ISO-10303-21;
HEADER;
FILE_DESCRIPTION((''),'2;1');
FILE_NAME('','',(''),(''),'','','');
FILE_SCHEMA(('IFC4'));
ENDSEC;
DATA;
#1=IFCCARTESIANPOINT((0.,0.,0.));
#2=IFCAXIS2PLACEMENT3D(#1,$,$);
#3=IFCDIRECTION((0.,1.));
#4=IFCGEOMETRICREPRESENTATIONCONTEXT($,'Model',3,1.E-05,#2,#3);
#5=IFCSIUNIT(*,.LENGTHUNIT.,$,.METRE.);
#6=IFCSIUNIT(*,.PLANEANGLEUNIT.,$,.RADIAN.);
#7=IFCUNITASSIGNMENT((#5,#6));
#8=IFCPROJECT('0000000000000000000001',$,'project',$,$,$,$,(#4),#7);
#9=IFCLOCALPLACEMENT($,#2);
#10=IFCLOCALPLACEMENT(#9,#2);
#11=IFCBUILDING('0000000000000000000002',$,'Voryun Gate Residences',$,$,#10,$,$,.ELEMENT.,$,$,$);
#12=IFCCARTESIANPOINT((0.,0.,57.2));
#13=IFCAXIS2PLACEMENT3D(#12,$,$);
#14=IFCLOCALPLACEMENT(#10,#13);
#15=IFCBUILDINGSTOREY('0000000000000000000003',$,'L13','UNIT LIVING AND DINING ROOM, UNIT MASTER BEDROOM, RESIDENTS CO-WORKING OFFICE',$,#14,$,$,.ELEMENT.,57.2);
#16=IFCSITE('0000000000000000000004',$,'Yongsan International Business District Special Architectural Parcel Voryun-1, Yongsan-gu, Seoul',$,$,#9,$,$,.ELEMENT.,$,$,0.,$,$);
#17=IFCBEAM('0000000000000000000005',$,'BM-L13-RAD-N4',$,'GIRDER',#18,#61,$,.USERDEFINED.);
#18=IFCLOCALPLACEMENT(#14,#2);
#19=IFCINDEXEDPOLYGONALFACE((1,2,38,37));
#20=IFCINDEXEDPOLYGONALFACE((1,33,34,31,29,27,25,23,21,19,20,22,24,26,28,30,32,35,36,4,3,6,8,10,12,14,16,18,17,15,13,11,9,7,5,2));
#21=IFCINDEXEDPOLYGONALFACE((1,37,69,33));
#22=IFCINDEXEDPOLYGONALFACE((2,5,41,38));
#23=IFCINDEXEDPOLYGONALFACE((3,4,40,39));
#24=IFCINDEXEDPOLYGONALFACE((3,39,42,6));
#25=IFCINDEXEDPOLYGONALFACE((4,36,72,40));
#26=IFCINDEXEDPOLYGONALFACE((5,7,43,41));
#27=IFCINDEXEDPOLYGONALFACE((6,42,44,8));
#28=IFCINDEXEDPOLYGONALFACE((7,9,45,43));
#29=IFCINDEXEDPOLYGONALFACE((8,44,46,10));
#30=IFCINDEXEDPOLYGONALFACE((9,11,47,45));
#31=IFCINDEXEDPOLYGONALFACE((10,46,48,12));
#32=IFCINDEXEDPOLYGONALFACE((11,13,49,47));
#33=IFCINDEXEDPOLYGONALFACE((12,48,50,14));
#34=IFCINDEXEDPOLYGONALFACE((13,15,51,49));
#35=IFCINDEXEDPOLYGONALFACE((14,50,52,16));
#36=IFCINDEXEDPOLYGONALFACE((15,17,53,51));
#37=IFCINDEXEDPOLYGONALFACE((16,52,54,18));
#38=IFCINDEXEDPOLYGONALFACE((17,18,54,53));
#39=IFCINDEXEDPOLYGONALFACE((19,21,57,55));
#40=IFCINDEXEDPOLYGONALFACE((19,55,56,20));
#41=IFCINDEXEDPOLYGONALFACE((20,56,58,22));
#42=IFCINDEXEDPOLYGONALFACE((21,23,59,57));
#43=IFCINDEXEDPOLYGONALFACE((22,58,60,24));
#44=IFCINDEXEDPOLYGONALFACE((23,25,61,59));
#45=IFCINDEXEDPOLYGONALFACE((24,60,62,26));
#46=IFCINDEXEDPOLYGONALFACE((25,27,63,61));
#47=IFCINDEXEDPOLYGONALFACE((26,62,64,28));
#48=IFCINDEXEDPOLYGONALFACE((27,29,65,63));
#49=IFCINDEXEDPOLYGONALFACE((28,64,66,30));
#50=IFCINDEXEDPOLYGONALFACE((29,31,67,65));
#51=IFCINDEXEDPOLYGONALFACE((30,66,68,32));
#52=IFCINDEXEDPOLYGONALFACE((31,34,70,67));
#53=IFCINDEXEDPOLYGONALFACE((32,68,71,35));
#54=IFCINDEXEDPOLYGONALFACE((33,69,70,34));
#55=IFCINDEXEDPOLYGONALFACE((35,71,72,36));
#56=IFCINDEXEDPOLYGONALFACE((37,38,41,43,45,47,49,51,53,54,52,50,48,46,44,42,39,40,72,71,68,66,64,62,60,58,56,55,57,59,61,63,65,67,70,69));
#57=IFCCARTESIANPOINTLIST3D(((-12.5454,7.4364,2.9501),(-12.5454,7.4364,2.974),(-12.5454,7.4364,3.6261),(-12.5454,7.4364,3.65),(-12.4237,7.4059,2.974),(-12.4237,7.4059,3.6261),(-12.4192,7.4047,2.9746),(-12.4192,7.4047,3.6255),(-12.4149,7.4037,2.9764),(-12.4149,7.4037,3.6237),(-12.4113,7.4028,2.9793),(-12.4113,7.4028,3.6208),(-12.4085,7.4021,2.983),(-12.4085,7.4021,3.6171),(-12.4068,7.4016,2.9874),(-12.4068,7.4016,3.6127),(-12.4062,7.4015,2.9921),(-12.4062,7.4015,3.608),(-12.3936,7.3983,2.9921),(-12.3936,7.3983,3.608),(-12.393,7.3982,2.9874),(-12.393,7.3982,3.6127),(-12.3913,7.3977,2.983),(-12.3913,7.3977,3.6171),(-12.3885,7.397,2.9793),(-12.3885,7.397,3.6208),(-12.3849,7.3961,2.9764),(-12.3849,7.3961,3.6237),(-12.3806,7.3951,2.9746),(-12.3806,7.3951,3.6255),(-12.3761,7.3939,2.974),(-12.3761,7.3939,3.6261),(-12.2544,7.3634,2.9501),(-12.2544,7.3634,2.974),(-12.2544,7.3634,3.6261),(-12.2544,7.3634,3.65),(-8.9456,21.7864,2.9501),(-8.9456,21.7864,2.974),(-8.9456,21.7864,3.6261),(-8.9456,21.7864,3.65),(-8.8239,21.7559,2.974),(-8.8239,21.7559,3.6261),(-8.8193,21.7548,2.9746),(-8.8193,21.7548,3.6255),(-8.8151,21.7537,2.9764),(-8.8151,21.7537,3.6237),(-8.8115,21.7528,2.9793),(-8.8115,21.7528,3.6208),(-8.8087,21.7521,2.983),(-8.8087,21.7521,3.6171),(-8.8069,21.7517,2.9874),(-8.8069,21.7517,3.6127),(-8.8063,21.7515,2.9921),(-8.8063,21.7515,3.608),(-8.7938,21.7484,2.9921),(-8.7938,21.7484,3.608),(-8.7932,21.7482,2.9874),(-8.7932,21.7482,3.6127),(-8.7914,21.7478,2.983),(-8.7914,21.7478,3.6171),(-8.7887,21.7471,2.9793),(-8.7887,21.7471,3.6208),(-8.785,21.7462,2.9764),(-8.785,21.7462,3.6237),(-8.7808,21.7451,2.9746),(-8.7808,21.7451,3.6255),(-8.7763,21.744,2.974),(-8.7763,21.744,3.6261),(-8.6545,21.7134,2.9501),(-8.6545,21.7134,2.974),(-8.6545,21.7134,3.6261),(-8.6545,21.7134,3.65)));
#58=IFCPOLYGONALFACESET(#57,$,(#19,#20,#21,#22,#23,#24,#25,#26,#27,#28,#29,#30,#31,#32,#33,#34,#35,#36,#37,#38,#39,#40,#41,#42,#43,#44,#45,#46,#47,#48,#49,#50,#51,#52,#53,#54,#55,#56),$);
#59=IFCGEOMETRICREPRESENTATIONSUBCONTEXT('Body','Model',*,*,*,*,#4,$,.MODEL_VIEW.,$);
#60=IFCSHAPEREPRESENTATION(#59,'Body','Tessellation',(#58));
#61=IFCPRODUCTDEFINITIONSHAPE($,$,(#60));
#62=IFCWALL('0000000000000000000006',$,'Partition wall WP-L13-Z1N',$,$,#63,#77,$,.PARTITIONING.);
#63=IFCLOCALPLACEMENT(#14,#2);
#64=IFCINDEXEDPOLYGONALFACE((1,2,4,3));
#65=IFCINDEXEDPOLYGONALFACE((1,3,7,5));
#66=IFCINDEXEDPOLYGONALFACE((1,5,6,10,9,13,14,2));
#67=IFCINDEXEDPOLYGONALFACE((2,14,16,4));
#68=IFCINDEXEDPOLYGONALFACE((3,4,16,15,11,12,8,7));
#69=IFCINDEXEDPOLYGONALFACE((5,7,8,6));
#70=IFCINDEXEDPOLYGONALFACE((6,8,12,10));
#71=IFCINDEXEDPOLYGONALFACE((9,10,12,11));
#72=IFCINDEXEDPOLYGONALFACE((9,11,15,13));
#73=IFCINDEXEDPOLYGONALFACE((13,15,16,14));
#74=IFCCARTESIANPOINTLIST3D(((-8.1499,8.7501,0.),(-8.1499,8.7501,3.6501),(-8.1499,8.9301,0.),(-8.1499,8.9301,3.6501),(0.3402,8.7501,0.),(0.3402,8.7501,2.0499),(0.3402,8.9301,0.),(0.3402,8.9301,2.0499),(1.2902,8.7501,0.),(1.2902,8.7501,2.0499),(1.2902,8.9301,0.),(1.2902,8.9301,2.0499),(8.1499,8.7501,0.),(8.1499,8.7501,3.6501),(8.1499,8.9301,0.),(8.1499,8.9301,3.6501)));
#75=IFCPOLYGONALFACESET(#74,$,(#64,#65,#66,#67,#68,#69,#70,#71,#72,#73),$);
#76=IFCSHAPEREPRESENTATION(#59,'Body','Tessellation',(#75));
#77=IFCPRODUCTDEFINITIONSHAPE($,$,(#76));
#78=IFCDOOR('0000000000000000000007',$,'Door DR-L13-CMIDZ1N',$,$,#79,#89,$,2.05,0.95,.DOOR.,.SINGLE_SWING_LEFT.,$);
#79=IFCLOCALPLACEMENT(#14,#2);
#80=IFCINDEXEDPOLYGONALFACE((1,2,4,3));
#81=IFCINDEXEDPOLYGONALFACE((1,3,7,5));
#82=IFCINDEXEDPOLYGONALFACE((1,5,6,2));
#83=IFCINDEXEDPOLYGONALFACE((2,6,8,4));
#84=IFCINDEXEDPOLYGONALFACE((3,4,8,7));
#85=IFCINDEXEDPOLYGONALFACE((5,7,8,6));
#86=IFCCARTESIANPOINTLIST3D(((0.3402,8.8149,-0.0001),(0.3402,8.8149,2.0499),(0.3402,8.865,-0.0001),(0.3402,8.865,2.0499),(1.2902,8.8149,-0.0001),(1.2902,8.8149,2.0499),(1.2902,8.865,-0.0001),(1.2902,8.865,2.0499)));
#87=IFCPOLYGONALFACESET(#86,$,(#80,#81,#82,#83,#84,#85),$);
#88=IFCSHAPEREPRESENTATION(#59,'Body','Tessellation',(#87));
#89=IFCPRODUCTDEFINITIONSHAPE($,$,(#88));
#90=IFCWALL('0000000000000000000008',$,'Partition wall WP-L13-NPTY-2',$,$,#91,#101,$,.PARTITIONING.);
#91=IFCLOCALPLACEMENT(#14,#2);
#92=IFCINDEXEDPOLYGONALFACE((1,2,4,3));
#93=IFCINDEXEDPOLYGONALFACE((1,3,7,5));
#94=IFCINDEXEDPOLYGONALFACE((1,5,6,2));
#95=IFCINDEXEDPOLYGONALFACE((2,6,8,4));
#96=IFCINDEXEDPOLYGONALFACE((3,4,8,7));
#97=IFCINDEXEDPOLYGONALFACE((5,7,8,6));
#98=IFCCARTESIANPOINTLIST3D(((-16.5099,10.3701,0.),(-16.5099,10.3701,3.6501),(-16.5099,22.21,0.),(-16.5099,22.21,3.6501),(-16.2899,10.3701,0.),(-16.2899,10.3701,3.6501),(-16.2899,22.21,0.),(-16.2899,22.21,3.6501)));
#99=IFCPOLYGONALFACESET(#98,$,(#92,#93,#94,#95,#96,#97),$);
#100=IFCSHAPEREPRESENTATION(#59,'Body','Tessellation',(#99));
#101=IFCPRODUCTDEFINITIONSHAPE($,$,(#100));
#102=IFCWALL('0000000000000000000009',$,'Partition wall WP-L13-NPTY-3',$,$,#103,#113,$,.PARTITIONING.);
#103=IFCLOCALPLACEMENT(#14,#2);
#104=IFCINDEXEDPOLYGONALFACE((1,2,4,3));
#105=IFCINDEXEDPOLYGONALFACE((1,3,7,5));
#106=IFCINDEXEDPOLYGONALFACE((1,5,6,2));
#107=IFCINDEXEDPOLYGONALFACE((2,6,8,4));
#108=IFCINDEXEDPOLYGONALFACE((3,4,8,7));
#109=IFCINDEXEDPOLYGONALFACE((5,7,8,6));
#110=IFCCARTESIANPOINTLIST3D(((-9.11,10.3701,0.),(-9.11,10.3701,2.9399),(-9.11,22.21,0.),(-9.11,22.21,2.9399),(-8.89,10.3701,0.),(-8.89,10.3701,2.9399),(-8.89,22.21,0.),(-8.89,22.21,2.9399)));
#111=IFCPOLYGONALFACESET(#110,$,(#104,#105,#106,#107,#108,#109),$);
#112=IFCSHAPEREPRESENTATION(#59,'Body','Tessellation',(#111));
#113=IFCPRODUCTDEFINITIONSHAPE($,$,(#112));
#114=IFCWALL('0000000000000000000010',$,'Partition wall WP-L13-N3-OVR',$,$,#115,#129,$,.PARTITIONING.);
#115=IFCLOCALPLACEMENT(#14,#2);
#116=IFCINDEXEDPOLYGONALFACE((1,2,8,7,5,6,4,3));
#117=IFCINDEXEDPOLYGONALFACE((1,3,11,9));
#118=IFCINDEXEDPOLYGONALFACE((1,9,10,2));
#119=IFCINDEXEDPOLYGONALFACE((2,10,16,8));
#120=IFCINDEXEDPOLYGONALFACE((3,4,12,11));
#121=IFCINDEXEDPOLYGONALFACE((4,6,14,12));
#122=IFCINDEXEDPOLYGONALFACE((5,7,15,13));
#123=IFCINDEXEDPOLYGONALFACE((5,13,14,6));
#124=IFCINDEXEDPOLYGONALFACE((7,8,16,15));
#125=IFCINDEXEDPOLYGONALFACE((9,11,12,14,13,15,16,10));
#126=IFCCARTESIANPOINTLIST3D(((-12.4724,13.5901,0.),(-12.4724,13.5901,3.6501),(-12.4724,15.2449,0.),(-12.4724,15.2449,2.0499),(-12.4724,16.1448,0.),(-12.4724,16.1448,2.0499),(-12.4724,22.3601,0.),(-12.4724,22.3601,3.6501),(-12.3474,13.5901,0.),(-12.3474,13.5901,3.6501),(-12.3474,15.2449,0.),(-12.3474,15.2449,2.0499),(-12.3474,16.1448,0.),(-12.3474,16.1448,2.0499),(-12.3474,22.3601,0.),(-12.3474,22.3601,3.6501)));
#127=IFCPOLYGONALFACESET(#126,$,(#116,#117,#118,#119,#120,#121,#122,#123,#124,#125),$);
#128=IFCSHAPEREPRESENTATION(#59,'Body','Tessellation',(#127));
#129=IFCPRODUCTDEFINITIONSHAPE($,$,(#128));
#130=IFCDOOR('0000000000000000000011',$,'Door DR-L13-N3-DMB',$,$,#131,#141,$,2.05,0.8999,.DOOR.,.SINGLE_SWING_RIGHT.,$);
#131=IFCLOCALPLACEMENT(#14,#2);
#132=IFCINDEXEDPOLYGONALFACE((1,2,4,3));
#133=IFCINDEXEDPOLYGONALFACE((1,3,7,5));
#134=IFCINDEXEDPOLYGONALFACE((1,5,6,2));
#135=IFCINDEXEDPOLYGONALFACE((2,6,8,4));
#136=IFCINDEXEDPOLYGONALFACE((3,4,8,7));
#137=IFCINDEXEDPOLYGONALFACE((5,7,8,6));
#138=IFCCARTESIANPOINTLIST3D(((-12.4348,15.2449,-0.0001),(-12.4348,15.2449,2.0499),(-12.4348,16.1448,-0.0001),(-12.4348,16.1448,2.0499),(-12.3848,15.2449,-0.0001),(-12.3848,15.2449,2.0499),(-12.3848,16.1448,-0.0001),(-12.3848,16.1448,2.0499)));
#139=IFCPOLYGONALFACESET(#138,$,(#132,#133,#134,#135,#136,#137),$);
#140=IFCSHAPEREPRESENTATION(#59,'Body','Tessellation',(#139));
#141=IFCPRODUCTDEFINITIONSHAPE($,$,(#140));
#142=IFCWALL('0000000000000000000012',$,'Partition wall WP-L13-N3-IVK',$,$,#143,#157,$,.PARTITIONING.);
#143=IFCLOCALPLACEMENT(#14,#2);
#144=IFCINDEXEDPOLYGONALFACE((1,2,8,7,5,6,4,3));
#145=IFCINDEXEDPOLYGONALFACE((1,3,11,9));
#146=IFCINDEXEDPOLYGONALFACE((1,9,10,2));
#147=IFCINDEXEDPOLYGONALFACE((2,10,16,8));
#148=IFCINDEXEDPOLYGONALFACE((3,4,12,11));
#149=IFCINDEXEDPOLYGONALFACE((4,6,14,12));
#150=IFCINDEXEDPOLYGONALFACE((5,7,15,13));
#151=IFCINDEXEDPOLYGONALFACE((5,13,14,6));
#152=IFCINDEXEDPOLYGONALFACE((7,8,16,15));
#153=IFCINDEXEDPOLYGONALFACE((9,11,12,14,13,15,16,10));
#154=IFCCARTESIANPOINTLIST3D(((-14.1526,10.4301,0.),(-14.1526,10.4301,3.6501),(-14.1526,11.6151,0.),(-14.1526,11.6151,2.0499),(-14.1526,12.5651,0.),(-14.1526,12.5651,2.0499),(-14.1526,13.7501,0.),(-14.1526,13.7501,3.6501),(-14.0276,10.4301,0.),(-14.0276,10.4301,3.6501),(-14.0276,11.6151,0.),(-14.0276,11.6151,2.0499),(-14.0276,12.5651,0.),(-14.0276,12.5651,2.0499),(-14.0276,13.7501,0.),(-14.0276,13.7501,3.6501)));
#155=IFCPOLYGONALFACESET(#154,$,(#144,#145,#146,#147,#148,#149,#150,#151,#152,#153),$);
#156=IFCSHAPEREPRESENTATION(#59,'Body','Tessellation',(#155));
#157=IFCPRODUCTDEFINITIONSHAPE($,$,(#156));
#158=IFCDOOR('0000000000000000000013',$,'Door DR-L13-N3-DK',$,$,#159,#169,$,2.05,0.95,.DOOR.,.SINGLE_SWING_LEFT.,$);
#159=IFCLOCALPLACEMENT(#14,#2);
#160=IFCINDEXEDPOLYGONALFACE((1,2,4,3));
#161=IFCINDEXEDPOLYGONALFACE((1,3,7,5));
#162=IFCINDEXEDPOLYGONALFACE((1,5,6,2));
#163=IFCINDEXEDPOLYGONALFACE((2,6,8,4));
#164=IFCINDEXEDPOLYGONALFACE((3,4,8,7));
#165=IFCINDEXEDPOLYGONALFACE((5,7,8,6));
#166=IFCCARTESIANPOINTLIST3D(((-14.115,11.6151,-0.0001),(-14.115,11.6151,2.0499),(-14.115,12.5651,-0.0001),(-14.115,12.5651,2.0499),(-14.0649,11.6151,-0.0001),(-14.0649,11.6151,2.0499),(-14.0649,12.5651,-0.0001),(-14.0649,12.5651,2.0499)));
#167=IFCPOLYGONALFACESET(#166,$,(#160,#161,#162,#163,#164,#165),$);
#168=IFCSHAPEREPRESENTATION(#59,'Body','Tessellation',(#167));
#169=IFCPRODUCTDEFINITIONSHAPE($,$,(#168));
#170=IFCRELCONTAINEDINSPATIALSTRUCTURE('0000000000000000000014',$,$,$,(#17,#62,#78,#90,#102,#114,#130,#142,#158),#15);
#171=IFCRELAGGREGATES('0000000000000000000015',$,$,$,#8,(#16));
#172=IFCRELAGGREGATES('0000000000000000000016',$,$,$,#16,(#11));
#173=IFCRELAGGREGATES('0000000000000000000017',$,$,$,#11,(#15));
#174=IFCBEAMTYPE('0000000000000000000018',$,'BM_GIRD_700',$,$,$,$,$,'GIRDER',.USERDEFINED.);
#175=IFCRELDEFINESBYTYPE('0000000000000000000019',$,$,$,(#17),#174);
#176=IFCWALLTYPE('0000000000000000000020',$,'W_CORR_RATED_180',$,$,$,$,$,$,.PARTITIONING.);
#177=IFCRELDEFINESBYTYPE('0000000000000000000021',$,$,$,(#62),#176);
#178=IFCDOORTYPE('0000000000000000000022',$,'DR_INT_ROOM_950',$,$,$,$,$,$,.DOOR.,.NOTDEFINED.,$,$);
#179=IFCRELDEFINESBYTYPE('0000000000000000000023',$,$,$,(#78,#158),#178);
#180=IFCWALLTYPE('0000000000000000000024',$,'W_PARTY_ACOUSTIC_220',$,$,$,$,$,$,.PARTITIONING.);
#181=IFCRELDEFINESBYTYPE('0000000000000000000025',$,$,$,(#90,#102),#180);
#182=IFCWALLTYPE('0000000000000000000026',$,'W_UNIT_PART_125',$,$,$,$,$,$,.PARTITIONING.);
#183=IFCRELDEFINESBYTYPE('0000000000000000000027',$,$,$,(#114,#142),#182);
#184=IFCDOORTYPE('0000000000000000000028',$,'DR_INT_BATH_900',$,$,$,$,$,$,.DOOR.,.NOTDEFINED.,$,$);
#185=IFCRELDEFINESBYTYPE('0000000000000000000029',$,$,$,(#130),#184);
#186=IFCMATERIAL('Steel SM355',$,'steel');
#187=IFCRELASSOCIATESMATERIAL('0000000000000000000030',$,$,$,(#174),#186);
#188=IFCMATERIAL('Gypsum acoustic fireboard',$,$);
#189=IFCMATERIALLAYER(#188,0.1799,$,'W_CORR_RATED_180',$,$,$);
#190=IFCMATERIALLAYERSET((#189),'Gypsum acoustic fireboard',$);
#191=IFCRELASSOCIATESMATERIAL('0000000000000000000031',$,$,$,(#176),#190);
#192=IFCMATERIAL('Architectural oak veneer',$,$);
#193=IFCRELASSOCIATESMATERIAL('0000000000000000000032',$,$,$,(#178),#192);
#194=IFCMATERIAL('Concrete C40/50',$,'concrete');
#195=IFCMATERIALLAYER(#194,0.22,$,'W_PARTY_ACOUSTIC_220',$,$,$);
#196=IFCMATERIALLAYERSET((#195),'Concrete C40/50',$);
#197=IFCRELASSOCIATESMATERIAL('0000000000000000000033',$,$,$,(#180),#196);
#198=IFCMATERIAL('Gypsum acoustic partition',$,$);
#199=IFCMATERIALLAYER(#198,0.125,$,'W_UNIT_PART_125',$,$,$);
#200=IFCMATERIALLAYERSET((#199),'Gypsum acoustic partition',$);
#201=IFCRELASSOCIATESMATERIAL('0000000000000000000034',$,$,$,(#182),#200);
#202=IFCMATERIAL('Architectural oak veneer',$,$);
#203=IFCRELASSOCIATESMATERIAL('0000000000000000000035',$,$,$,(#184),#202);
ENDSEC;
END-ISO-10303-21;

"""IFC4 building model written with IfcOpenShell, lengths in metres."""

from ifc_helpers import new_model, si_unit, direction, frame, frame_2d, origin, origin_2d, place, context, subcontext, project, spatial, rectangle, i_section, extrude, material, layer, layer_set, material_profile, profile_set, type_object, element, fill, save


model = new_model("IFC4")

# Units and contexts
model_context = context("Model", 3, precision=1e-05, world=origin(), true_north=direction((0.0, 1.0)))
body_context = subcontext(model_context, "Body", "Model", "MODEL_VIEW")
ifc_project = project(units=[si_unit("LENGTHUNIT", "METRE"), si_unit("PLANEANGLEUNIT", "RADIAN")], contexts=[model_context])

# Site, building, storey
site_placement = place(None, origin())
site = spatial("IfcSite", under=ifc_project, at=site_placement, Name="Yongsan International Business District Special Architectural Parcel Voryun-1, Yongsan-gu, Seoul", CompositionType="ELEMENT", RefElevation=0.0)
building_placement = place(site_placement, origin())
building = spatial("IfcBuilding", under=site, at=building_placement, Name="Voryun Gate Residences", CompositionType="ELEMENT")
storey_placement = place(building_placement, frame((0.0, 0.0, 57.2)))
storey = spatial("IfcBuildingStorey", under=building, at=storey_placement, Name="L13", Description="UNIT LIVING AND DINING ROOM, UNIT MASTER BEDROOM, RESIDENTS CO-WORKING OFFICE", CompositionType="ELEMENT", Elevation=57.2)

# Beam
ifc_material_1 = material(Name="Steel SM355", Category="steel")
ifc_material_profile_1 = material_profile(ifc_material_1, i_section(OverallWidth=0.3, OverallDepth=0.7, WebThickness=0.0129, FlangeThickness=0.0239, FilletRadius=0.0181, at=origin_2d()), Name="H-700x300x13x24")
ifc_profile_set_1 = profile_set([ifc_material_profile_1], Name="Steel SM355")
beam_type_1 = type_object("IfcBeamType", Name="BM_GIRD_700", ElementType="GIRDER", PredefinedType="USERDEFINED", material=ifc_profile_set_1)
beam_1_placement = place(storey_placement, frame((-12.3999, 7.3999, 3.3), z_axis=(0.24332, 0.969946, 0.0), x_axis=(-0.969946, 0.24332, 0.0)))
element("IfcBeam", 1, at=beam_1_placement, inside=storey, type_object=beam_type_1, Name="BM-L13-RAD-N4", ObjectType="GIRDER", PredefinedType="USERDEFINED", context=body_context, shape_type="SweptSolid", body=[
    extrude(i_section(OverallWidth=0.3, OverallDepth=0.7, WebThickness=0.0129, FlangeThickness=0.0239, FilletRadius=0.0181, at=origin_2d()), origin(), (0.0, 0.0, 1.0), 14.7947),
])

# Wall, opening, door
ifc_material_2 = material(Name="Gypsum acoustic fireboard")
ifc_layer_1 = layer(ifc_material_2, 0.1799, Name="W_CORR_RATED_180")
ifc_layer_set_1 = layer_set([ifc_layer_1], Name="Gypsum acoustic fireboard")
wall_type_1 = type_object("IfcWallType", Name="W_CORR_RATED_180", PredefinedType="PARTITIONING", material=ifc_layer_set_1)
wall_1_placement = place(storey_placement, frame((-8.1499, 8.8401, 0.0), z_axis=(0.0, 0.0, 1.0), x_axis=(1.0, 0.0, 0.0)))
wall_1 = element("IfcWall", 2, at=wall_1_placement, inside=storey, type_object=wall_type_1, Name="Partition wall WP-L13-Z1N", PredefinedType="PARTITIONING", context=body_context, shape_type="SweptSolid", body=[
    extrude(rectangle(XDim=16.2998, YDim=0.1799, at=frame_2d((8.1499, 0.0))), origin(), (0.0, 0.0, 1.0), 3.6501),
])
opening_1_placement = place(wall_1_placement, frame((8.49, 0.0, 0.0)))
opening_1 = element("IfcOpeningElement", 3, at=opening_1_placement, cuts=wall_1, PredefinedType="OPENING", context=body_context, shape_type="SweptSolid", body=[
    extrude(rectangle(XDim=0.95, YDim=2.05, at=frame_2d((0.4751, 1.0249))), frame((0.0, 0.0999, 0.0), z_axis=(0.0, -1.0, 0.0), x_axis=(1.0, 0.0, 0.0)), (0.0, 0.0, 1.0), 0.2),
])
ifc_material_3 = material(Name="Architectural oak veneer")
door_type_1 = type_object("IfcDoorType", Name="DR_INT_ROOM_950", OperationType="NOTDEFINED", PredefinedType="DOOR", material=ifc_material_3)
door_1_placement = place(opening_1_placement, origin())
door_1 = element("IfcDoor", 4, at=door_1_placement, inside=storey, type_object=door_type_1, Name="Door DR-L13-CMIDZ1N", OperationType="SINGLE_SWING_LEFT", OverallHeight=2.05, OverallWidth=0.95, PredefinedType="DOOR", context=body_context, shape_type="SweptSolid", body=[
    extrude(rectangle(XDim=0.95, YDim=2.05, at=frame_2d((0.4751, 1.0249))), frame((0.0, 0.0249, 0.0), z_axis=(0.0, -1.0, 0.0), x_axis=(1.0, 0.0, 0.0)), (0.0, 0.0, 1.0), 0.05),
])
fill(opening_1, door_1)

# Walls
ifc_material_4 = material(Name="Concrete C40/50", Category="concrete")
ifc_layer_2 = layer(ifc_material_4, 0.22, Name="W_PARTY_ACOUSTIC_220")
ifc_layer_set_2 = layer_set([ifc_layer_2], Name="Concrete C40/50")
wall_type_2 = type_object("IfcWallType", Name="W_PARTY_ACOUSTIC_220", PredefinedType="PARTITIONING", material=ifc_layer_set_2)
wall_2_placement = place(storey_placement, frame((-16.3999, 10.3701, 0.0), z_axis=(0.0, 0.0, 1.0), x_axis=(0.0, 1.0, 0.0)))
element("IfcWall", 5, at=wall_2_placement, inside=storey, type_object=wall_type_2, Name="Partition wall WP-L13-NPTY-2", PredefinedType="PARTITIONING", context=body_context, shape_type="SweptSolid", body=[
    extrude(rectangle(XDim=11.8398, YDim=0.22, at=frame_2d((5.9199, 0.0))), origin(), (0.0, 0.0, 1.0), 3.6501),
])
wall_3_placement = place(storey_placement, frame((-9.0, 10.3701, 0.0), z_axis=(0.0, 0.0, 1.0), x_axis=(0.0, 1.0, 0.0)))
element("IfcWall", 6, at=wall_3_placement, inside=storey, type_object=wall_type_2, Name="Partition wall WP-L13-NPTY-3", PredefinedType="PARTITIONING", context=body_context, shape_type="SweptSolid", body=[
    extrude(rectangle(XDim=11.8398, YDim=0.22, at=frame_2d((5.9199, 0.0))), origin(), (0.0, 0.0, 1.0), 2.9399),
])

# Walls, openings, doors
ifc_material_5 = material(Name="Gypsum acoustic partition")
ifc_layer_3 = layer(ifc_material_5, 0.125, Name="W_UNIT_PART_125")
ifc_layer_set_3 = layer_set([ifc_layer_3], Name="Gypsum acoustic partition")
wall_type_3 = type_object("IfcWallType", Name="W_UNIT_PART_125", PredefinedType="PARTITIONING", material=ifc_layer_set_3)
wall_4_placement = place(storey_placement, frame((-12.4099, 13.5901, 0.0), z_axis=(0.0, 0.0, 1.0), x_axis=(0.0, 1.0, 0.0)))
wall_4 = element("IfcWall", 7, at=wall_4_placement, inside=storey, type_object=wall_type_3, Name="Partition wall WP-L13-N3-OVR", PredefinedType="PARTITIONING", context=body_context, shape_type="SweptSolid", body=[
    extrude(rectangle(XDim=8.77, YDim=0.125, at=frame_2d((4.385, 0.0))), origin(), (0.0, 0.0, 1.0), 3.6501),
])
opening_2_placement = place(wall_4_placement, frame((1.6548, 0.0, 0.0)))
opening_2 = element("IfcOpeningElement", 8, at=opening_2_placement, cuts=wall_4, PredefinedType="OPENING", context=body_context, shape_type="SweptSolid", body=[
    extrude(rectangle(XDim=0.8999, YDim=2.05, at=frame_2d((0.45, 1.0249))), frame((0.0, 0.0725, 0.0), z_axis=(0.0, -1.0, 0.0), x_axis=(1.0, 0.0, 0.0)), (0.0, 0.0, 1.0), 0.145),
])
ifc_material_6 = material(Name="Architectural oak veneer")
door_type_2 = type_object("IfcDoorType", Name="DR_INT_BATH_900", OperationType="NOTDEFINED", PredefinedType="DOOR", material=ifc_material_6)
door_2_placement = place(opening_2_placement, origin())
door_2 = element("IfcDoor", 9, at=door_2_placement, inside=storey, type_object=door_type_2, Name="Door DR-L13-N3-DMB", OperationType="SINGLE_SWING_RIGHT", OverallHeight=2.05, OverallWidth=0.8999, PredefinedType="DOOR", context=body_context, shape_type="SweptSolid", body=[
    extrude(rectangle(XDim=0.8999, YDim=2.05, at=frame_2d((0.45, 1.0249))), frame((0.0, 0.0249, 0.0), z_axis=(0.0, -1.0, 0.0), x_axis=(1.0, 0.0, 0.0)), (0.0, 0.0, 1.0), 0.05),
])
fill(opening_2, door_2)
wall_5_placement = place(storey_placement, frame((-14.0901, 10.4299, 0.0), z_axis=(0.0, 0.0, 1.0), x_axis=(0.0, 1.0, 0.0)))
wall_5 = element("IfcWall", 10, at=wall_5_placement, inside=storey, type_object=wall_type_3, Name="Partition wall WP-L13-N3-IVK", PredefinedType="PARTITIONING", context=body_context, shape_type="SweptSolid", body=[
    extrude(rectangle(XDim=3.3201, YDim=0.125, at=frame_2d((1.6602, 0.0))), origin(), (0.0, 0.0, 1.0), 3.6501),
])
opening_3_placement = place(wall_5_placement, frame((1.1851, 0.0, 0.0)))
opening_3 = element("IfcOpeningElement", 11, at=opening_3_placement, cuts=wall_5, PredefinedType="OPENING", context=body_context, shape_type="SweptSolid", body=[
    extrude(rectangle(XDim=0.95, YDim=2.05, at=frame_2d((0.4751, 1.0249))), frame((0.0, 0.0725, 0.0), z_axis=(0.0, -1.0, 0.0), x_axis=(1.0, 0.0, 0.0)), (0.0, 0.0, 1.0), 0.145),
])
door_3_placement = place(opening_3_placement, origin())
door_3 = element("IfcDoor", 12, at=door_3_placement, inside=storey, type_object=door_type_1, Name="Door DR-L13-N3-DK", OperationType="SINGLE_SWING_LEFT", OverallHeight=2.05, OverallWidth=0.95, PredefinedType="DOOR", context=body_context, shape_type="SweptSolid", body=[
    extrude(rectangle(XDim=0.95, YDim=2.05, at=frame_2d((0.4751, 1.0249))), frame((0.0, 0.0249, 0.0), z_axis=(0.0, -1.0, 0.0), x_axis=(1.0, 0.0, 0.0)), (0.0, 0.0, 1.0), 0.05),
])
fill(opening_3, door_3)

save(model, "model.ifc")
